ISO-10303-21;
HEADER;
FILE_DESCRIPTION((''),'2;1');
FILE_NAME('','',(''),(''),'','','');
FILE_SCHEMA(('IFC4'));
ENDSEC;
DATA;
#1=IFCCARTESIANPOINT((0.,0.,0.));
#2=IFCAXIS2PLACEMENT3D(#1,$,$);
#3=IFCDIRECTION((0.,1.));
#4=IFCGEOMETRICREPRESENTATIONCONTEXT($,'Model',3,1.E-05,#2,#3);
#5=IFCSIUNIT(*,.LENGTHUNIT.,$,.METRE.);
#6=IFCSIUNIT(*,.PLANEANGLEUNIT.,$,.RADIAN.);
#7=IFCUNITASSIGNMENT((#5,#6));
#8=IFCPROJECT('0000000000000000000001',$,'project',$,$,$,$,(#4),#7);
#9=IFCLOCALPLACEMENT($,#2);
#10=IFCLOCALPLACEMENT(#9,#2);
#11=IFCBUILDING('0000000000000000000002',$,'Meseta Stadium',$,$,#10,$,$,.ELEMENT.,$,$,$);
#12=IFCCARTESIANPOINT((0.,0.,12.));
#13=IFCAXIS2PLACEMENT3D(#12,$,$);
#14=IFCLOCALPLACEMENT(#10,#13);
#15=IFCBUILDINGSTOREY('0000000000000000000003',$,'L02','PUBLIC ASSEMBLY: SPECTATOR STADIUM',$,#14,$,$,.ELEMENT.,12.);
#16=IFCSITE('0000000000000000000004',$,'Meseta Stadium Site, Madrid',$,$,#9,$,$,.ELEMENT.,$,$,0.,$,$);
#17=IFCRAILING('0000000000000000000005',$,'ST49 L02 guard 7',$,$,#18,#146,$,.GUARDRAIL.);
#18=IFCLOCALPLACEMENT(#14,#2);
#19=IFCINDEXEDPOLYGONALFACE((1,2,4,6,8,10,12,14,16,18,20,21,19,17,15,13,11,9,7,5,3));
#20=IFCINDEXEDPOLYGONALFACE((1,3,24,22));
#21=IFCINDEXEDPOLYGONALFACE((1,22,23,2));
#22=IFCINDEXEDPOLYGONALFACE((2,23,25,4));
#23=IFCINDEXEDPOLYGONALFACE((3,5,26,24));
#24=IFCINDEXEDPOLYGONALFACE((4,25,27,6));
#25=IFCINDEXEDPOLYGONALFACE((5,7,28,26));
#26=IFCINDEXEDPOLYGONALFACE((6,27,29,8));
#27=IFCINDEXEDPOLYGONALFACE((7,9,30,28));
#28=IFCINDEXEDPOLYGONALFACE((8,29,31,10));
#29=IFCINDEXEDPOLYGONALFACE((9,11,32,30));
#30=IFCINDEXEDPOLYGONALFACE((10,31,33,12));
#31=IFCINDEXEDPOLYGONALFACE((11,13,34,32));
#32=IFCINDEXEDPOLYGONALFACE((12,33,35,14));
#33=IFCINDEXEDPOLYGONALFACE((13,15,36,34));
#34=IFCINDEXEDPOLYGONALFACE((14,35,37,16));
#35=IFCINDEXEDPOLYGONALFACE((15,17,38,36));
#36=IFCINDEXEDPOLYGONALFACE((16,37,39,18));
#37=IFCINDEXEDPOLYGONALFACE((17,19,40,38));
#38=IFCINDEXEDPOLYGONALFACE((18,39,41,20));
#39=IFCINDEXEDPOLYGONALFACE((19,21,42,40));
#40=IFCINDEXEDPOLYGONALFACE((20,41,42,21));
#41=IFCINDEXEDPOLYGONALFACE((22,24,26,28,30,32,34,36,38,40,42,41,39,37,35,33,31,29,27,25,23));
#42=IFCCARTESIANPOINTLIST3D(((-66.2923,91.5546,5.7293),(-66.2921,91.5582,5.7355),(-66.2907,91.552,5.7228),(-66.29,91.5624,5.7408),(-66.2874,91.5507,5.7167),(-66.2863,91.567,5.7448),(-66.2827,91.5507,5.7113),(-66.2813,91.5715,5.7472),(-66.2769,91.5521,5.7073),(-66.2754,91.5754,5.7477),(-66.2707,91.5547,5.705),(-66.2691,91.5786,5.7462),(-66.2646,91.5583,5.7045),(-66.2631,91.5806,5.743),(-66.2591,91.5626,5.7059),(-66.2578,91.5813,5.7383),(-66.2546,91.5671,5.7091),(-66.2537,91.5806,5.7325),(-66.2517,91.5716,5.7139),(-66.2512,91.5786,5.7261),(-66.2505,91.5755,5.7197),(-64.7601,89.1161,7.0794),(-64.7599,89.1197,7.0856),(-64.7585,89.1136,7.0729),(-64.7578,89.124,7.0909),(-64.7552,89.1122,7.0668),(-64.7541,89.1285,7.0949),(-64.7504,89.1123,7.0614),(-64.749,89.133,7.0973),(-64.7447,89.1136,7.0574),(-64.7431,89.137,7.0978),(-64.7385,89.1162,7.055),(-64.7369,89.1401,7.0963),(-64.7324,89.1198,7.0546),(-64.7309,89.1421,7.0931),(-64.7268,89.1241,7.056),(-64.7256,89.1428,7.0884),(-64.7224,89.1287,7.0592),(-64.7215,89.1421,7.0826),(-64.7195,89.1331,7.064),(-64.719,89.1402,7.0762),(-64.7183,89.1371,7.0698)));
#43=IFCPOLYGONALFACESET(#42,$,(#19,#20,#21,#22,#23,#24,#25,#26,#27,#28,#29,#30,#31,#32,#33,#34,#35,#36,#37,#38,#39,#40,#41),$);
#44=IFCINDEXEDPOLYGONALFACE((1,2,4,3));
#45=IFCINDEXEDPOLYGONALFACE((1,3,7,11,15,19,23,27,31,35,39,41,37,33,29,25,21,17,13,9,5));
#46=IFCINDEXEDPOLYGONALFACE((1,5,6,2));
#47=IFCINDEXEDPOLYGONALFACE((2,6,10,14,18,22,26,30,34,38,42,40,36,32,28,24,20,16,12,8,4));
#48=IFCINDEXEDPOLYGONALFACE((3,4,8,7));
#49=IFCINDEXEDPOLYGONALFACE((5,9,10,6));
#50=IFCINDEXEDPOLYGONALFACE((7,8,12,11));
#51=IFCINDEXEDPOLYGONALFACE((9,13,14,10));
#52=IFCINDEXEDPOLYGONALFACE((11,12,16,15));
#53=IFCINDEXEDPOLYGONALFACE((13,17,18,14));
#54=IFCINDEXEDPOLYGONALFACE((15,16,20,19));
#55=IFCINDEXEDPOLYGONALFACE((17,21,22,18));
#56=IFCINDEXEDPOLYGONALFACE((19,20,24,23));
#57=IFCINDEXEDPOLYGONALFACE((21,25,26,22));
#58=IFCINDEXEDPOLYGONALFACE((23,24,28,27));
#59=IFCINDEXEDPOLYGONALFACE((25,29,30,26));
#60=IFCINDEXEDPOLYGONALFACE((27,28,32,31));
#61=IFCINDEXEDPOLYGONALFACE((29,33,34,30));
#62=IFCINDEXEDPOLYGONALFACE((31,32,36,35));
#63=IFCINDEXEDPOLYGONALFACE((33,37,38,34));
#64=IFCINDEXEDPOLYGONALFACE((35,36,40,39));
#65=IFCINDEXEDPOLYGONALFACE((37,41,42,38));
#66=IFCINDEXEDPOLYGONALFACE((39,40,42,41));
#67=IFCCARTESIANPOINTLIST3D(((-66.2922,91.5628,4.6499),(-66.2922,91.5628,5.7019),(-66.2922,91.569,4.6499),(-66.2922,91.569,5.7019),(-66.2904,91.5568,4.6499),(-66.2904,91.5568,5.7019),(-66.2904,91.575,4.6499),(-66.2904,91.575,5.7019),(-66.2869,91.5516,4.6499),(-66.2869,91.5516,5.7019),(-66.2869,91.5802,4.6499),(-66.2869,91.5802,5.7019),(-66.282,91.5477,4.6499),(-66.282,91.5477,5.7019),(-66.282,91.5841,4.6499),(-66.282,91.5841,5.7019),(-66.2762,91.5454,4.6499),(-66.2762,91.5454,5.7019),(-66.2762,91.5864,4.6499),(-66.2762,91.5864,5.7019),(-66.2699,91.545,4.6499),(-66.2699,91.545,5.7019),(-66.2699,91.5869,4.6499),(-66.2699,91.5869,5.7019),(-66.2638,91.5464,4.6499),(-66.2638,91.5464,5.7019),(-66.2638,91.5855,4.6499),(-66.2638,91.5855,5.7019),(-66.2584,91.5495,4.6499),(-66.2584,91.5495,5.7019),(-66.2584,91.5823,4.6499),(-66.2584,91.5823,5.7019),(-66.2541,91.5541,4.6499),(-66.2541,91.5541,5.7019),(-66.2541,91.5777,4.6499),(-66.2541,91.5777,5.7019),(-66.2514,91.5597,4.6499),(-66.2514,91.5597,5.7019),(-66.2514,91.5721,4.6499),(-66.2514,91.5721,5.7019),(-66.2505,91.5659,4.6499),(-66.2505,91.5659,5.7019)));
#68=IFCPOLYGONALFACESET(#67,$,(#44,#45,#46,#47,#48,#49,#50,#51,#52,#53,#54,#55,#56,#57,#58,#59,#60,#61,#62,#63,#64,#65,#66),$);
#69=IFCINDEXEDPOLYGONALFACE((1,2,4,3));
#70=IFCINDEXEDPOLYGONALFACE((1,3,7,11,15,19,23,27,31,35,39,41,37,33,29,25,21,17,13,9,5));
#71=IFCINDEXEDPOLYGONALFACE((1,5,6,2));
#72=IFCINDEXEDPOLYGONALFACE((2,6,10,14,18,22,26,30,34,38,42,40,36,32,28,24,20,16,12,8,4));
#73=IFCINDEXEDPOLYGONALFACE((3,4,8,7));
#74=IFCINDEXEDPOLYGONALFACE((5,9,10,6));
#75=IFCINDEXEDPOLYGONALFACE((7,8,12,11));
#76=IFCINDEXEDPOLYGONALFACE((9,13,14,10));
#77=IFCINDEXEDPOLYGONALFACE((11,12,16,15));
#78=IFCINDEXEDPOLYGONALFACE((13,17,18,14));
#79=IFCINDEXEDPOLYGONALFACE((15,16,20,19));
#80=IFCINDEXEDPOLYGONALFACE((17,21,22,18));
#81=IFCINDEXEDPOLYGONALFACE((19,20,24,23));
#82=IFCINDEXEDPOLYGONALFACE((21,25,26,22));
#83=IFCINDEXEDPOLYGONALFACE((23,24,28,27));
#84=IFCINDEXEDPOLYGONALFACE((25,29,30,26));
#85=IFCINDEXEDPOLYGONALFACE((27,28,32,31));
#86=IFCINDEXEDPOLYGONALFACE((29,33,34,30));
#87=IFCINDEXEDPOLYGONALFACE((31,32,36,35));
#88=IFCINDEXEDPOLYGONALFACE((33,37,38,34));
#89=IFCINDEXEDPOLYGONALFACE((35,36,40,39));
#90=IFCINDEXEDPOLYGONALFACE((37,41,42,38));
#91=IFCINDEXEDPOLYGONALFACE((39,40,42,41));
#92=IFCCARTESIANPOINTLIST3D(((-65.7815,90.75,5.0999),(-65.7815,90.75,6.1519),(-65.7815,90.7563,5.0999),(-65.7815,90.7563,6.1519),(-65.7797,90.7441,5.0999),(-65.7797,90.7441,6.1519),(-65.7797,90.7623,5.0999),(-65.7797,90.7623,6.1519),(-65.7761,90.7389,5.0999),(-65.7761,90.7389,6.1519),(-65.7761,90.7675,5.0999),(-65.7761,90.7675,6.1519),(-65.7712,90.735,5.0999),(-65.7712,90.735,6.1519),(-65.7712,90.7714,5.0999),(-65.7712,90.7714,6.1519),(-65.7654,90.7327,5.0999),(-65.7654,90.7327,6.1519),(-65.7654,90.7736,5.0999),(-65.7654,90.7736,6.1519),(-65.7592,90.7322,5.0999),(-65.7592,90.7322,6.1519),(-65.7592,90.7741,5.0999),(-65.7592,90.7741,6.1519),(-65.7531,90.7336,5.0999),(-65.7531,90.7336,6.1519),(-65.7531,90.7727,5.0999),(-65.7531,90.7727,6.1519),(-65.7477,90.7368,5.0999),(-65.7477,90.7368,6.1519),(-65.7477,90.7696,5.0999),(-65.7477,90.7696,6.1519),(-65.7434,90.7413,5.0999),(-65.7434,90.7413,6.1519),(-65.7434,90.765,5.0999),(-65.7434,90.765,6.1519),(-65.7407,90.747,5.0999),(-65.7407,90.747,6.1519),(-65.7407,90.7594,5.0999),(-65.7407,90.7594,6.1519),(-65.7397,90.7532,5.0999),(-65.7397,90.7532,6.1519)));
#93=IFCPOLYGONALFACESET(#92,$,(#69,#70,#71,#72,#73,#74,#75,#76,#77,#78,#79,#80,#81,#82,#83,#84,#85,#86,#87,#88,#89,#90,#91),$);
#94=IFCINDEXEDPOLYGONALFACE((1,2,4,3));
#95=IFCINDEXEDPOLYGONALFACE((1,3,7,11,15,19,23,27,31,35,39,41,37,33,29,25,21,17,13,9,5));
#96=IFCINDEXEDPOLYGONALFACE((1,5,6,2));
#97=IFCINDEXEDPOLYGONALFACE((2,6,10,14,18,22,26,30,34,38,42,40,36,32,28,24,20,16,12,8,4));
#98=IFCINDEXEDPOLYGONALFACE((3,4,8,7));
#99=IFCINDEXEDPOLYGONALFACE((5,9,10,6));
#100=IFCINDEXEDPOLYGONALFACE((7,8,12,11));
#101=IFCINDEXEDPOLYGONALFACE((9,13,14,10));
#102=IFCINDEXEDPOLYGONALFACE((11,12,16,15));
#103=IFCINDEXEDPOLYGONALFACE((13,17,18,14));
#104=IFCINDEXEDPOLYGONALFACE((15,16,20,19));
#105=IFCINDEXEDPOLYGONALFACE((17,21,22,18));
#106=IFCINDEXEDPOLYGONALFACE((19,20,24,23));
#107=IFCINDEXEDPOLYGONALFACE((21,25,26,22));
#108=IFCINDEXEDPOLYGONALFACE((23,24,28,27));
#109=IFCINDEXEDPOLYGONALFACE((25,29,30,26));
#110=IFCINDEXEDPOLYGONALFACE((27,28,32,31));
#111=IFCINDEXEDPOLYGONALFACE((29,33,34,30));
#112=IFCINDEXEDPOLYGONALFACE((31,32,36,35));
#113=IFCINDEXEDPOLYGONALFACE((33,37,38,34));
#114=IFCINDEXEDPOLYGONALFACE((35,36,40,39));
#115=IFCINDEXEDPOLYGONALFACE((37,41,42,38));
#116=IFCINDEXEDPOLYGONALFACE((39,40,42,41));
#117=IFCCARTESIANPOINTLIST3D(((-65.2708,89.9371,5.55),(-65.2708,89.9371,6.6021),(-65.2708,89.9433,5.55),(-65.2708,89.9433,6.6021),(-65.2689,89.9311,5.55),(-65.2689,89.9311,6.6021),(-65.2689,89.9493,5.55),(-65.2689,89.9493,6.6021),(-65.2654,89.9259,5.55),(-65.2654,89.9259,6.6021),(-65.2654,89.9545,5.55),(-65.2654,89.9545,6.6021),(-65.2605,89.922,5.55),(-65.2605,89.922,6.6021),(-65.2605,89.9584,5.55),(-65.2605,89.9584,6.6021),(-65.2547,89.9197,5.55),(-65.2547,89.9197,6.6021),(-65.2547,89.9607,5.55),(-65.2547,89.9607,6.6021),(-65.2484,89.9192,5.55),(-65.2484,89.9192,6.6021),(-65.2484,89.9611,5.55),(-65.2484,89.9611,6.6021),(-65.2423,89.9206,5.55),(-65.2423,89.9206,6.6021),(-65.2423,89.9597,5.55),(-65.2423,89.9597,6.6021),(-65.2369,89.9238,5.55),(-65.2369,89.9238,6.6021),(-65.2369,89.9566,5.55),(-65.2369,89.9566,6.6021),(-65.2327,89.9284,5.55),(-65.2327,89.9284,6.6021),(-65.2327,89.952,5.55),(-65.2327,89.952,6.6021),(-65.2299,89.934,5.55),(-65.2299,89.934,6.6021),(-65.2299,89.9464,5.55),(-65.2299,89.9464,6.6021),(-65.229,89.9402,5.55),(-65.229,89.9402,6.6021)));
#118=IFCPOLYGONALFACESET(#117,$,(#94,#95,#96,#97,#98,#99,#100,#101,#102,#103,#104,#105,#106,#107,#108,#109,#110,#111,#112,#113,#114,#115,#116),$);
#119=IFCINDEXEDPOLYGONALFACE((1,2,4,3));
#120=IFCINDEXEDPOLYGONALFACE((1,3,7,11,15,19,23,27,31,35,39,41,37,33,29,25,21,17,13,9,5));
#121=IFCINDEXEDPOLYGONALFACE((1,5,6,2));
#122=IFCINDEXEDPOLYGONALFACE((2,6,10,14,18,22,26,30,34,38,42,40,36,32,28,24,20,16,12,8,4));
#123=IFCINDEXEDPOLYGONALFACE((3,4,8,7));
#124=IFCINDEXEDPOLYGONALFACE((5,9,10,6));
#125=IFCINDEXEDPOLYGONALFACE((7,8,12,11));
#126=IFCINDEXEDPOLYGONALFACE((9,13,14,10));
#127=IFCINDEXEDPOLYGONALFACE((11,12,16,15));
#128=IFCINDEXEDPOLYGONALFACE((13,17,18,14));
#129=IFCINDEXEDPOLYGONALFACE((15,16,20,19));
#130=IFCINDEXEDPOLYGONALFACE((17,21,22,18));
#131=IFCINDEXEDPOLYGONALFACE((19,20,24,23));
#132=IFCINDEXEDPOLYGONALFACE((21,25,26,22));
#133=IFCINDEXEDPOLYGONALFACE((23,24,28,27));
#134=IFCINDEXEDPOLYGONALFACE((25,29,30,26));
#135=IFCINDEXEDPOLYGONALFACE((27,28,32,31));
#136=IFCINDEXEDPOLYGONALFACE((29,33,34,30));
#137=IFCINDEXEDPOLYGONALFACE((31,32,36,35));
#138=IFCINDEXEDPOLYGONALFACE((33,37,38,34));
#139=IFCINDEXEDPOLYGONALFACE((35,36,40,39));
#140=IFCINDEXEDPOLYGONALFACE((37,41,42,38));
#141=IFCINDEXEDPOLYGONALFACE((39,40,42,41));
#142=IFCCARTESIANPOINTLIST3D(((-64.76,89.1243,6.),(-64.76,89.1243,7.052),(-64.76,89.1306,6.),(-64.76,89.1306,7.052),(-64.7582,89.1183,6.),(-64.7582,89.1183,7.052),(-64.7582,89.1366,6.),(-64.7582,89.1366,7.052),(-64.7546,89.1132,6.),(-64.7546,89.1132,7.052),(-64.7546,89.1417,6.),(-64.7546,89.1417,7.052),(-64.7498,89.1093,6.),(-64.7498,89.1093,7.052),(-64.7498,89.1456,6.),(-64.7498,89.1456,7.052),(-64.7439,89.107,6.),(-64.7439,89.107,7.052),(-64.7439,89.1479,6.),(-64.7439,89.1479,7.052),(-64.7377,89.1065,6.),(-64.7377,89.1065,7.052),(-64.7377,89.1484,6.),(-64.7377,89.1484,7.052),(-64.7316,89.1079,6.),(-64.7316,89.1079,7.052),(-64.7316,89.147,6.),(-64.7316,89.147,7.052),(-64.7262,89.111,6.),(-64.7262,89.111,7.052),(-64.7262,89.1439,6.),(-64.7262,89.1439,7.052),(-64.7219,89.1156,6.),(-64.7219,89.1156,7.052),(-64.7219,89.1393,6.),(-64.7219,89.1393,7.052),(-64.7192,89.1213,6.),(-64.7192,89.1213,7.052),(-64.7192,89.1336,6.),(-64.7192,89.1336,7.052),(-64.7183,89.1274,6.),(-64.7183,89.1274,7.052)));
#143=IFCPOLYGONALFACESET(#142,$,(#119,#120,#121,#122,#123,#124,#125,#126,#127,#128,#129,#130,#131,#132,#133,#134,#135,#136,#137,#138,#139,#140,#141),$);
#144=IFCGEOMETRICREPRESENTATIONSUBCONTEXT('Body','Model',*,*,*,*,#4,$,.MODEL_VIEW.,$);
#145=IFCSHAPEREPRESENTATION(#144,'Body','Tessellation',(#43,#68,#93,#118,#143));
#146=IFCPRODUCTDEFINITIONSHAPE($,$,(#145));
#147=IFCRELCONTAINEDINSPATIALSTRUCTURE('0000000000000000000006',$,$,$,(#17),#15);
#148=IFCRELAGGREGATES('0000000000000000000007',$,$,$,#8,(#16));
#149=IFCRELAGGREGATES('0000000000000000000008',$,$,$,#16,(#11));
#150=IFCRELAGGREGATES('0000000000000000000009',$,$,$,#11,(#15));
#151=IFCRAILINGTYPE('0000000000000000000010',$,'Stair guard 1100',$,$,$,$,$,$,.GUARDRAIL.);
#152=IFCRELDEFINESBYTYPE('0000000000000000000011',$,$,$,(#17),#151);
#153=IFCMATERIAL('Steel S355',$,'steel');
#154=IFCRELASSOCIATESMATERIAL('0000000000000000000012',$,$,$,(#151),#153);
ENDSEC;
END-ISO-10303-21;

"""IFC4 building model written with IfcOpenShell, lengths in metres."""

from ifc_helpers import new_model, si_unit, direction, frame, origin, origin_2d, place, context, subcontext, project, spatial, circle, extrude, material, type_object, element, save


model = new_model("IFC4")

# Units and contexts
model_context = context("Model", 3, precision=1e-05, world=origin(), true_north=direction((0.0, 1.0)))
body_context = subcontext(model_context, "Body", "Model", "MODEL_VIEW")
ifc_project = project(units=[si_unit("LENGTHUNIT", "METRE"), si_unit("PLANEANGLEUNIT", "RADIAN")], contexts=[model_context])

# Site, building, storey
site_placement = place(None, origin())
site = spatial("IfcSite", under=ifc_project, at=site_placement, Name="Meseta Stadium Site, Madrid", CompositionType="ELEMENT", RefElevation=0.0)
building_placement = place(site_placement, origin())
building = spatial("IfcBuilding", under=site, at=building_placement, Name="Meseta Stadium", CompositionType="ELEMENT")
storey_placement = place(building_placement, frame((0.0, 0.0, 12.0)))
storey = spatial("IfcBuildingStorey", under=building, at=storey_placement, Name="L02", Description="PUBLIC ASSEMBLY: SPECTATOR STADIUM", CompositionType="ELEMENT", Elevation=12.0)

# Railing
ifc_material_1 = material(Name="Steel S355", Category="steel")
railing_type_1 = type_object("IfcRailingType", Name="Stair guard 1100", PredefinedType="GUARDRAIL", material=ifc_material_1)
railing_1_placement = place(storey_placement, frame((-66.2715, 91.5659, 4.6499)))
element("IfcRailing", 1, at=railing_1_placement, inside=storey, type_object=railing_type_1, Name="ST49 L02 guard 7", PredefinedType="GUARDRAIL", context=body_context, shape_type="SweptSolid", body=[
    extrude(circle(Radius=0.0239, at=origin_2d()), frame((0.0, 0.0, 1.0762), z_axis=(0.481731, -0.766655, 0.42447), x_axis=(0.846719, 0.53204, 0.0)), (0.0, 0.0, 1.0), 3.1807),
    extrude(circle(Radius=0.021, at=origin_2d()), origin(), (0.0, 0.0, 1.0), 1.052),
    extrude(circle(Radius=0.021, at=origin_2d()), frame((0.5107, -0.8127, 0.45)), (0.0, 0.0, 1.0), 1.052),
    extrude(circle(Radius=0.021, at=origin_2d()), frame((1.0215, -1.6257, 0.9001)), (0.0, 0.0, 1.0), 1.052),
    extrude(circle(Radius=0.021, at=origin_2d()), frame((1.5322, -2.4385, 1.3501)), (0.0, 0.0, 1.0), 1.052),
])

save(model, "model.ifc")
